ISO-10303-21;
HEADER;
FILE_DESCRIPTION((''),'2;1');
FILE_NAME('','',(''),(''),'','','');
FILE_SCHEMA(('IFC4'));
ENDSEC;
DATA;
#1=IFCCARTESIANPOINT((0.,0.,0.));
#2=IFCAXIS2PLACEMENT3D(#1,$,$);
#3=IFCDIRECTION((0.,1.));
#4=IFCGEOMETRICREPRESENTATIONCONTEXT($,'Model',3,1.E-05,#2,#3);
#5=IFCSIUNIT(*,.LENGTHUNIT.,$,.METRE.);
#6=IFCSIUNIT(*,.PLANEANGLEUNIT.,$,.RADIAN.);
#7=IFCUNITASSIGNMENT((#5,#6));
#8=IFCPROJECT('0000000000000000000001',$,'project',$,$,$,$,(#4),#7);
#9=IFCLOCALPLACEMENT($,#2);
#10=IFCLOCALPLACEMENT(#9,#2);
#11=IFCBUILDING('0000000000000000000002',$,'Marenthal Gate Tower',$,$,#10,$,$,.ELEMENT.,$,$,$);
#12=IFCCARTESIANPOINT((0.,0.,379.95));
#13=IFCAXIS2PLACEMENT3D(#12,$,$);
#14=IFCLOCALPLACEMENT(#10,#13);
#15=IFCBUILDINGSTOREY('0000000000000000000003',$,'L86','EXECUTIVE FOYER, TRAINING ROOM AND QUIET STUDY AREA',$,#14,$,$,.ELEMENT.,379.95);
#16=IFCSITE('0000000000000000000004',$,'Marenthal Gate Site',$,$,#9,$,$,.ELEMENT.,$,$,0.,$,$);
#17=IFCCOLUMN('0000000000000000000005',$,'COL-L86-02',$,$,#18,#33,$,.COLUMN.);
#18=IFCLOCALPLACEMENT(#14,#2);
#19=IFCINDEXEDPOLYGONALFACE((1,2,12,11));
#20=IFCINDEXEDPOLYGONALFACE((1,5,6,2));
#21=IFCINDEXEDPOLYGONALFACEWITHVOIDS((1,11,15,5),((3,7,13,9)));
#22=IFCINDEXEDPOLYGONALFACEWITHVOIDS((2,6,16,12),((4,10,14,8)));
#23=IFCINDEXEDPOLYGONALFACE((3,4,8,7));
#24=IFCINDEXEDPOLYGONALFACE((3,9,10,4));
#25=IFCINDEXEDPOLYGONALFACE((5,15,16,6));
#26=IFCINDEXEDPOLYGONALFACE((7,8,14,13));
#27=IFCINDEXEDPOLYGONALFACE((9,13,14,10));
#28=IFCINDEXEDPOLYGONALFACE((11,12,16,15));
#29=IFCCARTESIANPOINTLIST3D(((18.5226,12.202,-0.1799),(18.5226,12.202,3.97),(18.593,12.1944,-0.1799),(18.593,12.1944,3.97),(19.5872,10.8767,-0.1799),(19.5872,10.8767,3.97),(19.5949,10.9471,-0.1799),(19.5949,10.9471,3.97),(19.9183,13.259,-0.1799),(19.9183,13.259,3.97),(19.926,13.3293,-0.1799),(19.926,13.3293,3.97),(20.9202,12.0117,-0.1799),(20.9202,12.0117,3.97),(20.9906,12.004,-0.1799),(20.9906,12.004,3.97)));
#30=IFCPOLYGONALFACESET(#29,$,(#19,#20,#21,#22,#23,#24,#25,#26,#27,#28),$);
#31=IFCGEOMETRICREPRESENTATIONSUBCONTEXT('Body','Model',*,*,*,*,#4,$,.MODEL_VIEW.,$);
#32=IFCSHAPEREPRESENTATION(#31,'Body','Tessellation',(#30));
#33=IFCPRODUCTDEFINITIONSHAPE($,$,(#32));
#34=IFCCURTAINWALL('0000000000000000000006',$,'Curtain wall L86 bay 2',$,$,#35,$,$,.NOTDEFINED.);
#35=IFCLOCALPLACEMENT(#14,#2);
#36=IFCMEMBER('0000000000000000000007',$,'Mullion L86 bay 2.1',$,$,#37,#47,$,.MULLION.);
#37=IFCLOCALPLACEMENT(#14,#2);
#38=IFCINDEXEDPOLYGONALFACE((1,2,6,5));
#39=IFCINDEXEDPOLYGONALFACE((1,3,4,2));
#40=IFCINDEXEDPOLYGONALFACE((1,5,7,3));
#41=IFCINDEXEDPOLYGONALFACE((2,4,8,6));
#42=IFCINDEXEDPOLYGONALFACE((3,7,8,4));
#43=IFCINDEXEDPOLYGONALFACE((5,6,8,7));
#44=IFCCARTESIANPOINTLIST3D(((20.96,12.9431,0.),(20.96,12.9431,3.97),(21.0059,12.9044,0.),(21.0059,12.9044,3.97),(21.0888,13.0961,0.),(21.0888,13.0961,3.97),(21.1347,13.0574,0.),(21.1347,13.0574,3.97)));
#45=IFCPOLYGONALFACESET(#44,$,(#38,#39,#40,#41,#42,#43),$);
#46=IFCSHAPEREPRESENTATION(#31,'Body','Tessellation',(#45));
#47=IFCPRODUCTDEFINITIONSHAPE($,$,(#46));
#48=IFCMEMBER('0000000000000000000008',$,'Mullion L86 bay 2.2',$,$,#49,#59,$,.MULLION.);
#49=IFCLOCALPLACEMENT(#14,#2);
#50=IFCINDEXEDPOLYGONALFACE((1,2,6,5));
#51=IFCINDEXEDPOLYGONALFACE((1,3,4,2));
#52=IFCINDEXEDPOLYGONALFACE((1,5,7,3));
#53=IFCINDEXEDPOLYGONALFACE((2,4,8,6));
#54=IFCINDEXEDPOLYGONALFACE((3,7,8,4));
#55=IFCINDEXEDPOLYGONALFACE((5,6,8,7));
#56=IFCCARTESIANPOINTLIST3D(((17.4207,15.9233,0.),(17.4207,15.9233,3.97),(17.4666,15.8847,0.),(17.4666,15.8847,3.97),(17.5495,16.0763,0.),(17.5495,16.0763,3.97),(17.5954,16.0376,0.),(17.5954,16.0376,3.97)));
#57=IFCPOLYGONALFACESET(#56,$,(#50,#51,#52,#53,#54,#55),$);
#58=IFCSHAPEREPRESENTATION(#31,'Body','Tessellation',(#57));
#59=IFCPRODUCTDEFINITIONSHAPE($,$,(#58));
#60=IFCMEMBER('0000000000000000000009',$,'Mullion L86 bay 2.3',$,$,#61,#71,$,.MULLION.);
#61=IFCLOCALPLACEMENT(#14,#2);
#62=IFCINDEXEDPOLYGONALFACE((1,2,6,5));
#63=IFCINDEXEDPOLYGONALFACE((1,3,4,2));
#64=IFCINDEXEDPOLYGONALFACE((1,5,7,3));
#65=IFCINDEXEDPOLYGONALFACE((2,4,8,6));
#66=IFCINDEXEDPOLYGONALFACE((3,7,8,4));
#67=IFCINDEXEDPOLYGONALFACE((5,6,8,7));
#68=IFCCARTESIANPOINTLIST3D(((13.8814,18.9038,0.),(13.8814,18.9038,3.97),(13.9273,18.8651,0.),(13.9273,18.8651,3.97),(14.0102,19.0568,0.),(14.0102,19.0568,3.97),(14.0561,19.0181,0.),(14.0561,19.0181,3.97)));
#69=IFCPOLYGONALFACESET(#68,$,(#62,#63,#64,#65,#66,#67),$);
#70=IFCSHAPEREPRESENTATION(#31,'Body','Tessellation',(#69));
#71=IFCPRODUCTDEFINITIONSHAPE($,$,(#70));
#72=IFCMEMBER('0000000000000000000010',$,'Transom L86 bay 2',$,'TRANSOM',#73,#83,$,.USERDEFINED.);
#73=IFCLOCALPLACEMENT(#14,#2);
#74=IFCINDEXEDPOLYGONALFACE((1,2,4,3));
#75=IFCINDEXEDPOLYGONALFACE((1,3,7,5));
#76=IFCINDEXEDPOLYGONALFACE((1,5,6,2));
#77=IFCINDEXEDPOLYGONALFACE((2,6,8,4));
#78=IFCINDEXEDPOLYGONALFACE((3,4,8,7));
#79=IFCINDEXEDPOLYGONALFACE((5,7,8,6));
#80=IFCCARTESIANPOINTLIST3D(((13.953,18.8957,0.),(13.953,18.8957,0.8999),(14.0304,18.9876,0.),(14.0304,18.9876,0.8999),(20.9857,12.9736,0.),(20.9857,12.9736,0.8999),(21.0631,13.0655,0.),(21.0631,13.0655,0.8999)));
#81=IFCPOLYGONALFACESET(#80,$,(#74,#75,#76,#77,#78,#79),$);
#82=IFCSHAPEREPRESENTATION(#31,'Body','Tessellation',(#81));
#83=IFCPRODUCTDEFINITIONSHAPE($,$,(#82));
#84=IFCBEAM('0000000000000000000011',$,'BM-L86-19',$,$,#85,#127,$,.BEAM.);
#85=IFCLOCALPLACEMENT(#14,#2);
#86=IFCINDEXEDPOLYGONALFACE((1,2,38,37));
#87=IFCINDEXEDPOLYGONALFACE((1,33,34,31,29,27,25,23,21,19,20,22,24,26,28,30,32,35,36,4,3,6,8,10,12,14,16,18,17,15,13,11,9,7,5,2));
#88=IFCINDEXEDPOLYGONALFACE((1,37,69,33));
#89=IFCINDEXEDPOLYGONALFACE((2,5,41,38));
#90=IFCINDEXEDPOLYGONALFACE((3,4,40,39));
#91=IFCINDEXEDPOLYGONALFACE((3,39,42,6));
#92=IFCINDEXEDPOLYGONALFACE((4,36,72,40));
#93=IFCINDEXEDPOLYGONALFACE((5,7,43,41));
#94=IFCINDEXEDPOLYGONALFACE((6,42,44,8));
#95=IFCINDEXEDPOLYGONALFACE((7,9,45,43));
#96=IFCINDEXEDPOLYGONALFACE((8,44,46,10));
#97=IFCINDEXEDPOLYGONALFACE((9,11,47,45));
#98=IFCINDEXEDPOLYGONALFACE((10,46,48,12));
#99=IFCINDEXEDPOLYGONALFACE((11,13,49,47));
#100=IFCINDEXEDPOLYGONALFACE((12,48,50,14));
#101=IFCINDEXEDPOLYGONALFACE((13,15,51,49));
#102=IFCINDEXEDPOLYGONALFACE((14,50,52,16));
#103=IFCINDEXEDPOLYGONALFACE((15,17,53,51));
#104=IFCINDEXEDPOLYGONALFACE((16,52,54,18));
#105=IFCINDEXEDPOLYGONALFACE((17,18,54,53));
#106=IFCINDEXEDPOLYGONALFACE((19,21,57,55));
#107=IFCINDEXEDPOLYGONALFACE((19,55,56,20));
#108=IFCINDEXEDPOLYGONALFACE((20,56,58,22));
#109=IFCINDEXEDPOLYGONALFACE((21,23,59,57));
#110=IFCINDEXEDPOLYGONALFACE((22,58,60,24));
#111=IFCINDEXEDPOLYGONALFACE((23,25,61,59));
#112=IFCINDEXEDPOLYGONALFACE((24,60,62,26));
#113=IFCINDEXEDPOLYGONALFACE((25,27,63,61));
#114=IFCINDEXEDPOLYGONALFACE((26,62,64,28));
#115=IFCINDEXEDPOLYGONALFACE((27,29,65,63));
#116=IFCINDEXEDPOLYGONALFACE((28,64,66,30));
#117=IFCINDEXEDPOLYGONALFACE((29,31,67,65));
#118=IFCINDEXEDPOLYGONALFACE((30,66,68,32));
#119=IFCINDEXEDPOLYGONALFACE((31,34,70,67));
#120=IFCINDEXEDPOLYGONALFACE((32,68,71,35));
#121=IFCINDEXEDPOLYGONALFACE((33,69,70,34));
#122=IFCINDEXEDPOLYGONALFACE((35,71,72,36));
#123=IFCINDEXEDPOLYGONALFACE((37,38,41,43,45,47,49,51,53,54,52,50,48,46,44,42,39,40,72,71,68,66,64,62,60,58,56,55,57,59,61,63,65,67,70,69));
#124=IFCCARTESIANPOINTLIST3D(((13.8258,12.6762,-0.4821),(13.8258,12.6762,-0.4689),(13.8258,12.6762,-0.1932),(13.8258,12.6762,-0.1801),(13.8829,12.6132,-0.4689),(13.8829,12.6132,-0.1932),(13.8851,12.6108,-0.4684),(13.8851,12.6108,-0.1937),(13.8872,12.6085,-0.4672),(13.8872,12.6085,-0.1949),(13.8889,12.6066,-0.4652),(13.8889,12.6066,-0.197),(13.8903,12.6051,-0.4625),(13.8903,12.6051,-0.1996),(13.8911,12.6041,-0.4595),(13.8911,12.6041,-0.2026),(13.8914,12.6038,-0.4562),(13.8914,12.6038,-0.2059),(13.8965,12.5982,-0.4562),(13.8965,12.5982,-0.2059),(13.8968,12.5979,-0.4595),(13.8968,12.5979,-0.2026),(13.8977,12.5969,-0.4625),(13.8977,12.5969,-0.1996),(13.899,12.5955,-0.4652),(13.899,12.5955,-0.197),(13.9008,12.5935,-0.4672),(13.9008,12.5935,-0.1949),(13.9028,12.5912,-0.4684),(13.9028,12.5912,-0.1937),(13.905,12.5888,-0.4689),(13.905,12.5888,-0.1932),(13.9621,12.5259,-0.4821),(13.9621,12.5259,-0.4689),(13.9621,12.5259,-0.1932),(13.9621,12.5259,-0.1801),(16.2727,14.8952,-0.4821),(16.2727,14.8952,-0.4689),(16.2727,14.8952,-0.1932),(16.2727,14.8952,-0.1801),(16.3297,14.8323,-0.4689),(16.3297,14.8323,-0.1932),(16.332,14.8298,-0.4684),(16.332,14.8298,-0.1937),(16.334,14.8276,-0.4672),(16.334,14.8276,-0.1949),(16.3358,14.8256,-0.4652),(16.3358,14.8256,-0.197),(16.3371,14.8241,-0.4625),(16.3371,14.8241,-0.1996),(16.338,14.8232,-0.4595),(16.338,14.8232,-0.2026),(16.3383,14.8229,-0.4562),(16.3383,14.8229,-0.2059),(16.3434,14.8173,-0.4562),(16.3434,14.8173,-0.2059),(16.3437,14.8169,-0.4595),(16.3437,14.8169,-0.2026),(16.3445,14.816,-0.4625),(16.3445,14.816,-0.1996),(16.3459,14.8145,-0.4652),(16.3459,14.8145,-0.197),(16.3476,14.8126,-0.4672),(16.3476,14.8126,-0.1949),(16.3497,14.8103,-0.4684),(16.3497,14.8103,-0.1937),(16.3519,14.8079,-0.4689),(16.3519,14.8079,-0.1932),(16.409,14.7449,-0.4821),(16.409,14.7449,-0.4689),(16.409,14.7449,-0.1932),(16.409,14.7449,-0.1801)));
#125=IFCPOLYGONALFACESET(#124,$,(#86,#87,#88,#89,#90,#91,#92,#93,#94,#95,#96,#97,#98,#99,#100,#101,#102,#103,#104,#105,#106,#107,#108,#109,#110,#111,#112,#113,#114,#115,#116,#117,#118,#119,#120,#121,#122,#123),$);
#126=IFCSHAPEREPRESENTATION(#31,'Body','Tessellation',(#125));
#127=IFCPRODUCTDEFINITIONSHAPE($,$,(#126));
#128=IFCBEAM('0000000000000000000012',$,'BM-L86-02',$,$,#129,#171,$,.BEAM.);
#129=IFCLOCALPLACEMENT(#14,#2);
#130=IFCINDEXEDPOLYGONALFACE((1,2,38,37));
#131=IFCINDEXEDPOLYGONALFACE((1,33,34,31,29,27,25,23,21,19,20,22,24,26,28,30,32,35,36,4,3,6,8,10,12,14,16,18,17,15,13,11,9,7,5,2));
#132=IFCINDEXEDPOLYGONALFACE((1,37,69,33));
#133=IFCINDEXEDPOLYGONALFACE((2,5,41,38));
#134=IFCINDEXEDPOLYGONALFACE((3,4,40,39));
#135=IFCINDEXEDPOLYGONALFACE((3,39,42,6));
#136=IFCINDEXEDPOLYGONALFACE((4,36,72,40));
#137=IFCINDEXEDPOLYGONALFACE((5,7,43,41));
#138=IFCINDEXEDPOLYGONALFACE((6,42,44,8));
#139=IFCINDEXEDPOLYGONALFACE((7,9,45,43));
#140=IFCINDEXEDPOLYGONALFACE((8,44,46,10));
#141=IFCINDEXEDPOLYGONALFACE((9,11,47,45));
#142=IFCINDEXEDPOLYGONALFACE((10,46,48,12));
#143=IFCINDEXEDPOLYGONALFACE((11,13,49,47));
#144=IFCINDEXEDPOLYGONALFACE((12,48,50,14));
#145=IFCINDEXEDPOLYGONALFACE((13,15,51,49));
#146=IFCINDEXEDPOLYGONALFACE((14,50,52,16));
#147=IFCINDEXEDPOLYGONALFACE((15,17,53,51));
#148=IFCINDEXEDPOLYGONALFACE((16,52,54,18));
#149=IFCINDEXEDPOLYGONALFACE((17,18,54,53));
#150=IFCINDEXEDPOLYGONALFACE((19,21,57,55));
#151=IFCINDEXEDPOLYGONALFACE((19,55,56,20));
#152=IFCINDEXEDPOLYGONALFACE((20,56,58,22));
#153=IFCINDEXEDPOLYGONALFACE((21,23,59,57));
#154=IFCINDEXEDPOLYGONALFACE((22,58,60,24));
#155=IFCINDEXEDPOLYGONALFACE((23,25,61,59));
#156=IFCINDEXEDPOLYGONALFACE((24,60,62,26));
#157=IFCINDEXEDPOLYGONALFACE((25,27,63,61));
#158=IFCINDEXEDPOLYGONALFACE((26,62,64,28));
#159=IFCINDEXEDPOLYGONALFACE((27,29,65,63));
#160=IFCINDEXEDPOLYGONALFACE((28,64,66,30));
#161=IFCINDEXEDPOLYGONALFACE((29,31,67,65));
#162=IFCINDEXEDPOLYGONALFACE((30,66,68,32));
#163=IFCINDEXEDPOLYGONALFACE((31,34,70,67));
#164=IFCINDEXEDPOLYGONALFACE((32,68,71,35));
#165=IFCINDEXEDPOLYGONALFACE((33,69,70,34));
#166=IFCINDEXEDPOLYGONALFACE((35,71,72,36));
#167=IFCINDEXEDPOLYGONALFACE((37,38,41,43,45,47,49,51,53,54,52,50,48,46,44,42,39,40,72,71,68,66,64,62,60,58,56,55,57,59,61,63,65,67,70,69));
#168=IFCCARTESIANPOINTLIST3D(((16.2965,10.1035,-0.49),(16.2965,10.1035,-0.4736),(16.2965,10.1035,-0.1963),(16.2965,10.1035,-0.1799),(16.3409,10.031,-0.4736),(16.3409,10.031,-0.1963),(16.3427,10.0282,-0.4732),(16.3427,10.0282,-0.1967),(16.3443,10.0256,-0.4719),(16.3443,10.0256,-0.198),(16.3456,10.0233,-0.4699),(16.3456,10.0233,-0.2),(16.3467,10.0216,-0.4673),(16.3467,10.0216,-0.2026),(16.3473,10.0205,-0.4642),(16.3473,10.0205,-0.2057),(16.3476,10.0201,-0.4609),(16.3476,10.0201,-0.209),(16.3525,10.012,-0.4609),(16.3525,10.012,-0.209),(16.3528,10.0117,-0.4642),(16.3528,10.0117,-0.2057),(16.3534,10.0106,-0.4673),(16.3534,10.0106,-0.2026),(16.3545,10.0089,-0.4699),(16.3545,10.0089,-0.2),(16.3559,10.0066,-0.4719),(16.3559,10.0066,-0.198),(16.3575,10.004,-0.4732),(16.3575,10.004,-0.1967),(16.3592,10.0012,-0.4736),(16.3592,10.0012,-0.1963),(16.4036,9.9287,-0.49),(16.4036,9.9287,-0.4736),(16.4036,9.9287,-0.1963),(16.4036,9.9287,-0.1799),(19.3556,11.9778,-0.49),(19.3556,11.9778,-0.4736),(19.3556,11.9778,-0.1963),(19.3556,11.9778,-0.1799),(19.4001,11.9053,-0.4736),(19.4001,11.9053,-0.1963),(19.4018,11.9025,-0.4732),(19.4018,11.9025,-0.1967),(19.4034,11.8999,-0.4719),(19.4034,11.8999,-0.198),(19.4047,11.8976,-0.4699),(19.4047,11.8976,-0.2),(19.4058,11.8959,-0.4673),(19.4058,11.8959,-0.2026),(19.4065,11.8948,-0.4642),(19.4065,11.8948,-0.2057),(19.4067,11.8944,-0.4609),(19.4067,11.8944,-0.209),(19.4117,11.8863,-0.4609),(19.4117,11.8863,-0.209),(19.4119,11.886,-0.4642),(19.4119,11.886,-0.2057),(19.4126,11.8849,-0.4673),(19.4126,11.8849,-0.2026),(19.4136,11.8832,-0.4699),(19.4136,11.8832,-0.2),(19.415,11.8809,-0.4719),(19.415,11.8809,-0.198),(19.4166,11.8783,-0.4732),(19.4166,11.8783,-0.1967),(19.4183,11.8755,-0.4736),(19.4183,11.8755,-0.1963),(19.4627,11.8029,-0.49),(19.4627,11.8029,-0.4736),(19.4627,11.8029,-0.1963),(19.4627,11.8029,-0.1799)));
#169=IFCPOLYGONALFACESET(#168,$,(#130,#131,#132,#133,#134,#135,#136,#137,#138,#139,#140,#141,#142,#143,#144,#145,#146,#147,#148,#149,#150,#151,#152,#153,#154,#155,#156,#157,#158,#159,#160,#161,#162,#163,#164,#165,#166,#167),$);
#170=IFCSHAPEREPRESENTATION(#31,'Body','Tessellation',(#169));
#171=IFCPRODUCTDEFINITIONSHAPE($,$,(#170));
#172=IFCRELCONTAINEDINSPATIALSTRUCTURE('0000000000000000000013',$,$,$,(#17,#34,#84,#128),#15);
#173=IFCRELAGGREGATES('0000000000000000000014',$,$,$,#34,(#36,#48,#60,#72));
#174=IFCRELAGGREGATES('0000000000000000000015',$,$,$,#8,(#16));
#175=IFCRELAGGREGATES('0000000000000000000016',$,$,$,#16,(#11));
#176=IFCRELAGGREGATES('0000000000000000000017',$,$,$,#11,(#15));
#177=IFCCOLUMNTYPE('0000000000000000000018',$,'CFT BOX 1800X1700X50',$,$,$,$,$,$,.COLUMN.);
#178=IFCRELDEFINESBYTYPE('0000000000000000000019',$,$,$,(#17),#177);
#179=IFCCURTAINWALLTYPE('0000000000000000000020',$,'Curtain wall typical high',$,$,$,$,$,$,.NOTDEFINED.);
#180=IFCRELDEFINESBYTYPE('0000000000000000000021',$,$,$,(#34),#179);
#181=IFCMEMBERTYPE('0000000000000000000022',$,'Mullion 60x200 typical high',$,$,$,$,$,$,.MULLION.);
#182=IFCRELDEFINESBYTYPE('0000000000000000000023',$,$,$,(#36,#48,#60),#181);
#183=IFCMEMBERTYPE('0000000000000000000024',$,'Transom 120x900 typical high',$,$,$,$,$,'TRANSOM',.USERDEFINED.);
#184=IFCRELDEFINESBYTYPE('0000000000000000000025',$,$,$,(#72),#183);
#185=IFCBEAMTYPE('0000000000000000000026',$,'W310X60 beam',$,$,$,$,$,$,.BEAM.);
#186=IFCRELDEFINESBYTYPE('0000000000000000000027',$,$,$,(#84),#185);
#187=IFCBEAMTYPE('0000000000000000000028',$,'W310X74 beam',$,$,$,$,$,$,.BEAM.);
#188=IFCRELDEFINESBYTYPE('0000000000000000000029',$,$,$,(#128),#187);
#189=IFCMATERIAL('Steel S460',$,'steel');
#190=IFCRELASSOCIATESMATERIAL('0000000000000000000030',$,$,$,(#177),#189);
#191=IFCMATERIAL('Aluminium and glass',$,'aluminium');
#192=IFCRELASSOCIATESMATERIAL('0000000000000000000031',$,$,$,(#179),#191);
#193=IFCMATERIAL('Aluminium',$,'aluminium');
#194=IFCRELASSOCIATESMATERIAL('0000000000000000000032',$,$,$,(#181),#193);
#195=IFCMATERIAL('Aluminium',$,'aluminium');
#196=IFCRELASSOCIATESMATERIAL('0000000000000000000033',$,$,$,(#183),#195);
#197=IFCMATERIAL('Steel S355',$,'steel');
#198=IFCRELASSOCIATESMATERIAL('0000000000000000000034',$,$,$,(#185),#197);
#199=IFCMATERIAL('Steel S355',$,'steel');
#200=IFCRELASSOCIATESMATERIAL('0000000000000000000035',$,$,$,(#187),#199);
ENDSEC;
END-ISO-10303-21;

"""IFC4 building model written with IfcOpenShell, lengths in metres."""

from ifc_helpers import new_model, si_unit, direction, frame, origin, origin_2d, place, context, subcontext, project, spatial, rectangle, hollow_rectangle, i_section, extrude, material, material_profile, profile_set, type_object, element, aggregate, save


model = new_model("IFC4")

# Units and contexts
model_context = context("Model", 3, precision=1e-05, world=origin(), true_north=direction((0.0, 1.0)))
body_context = subcontext(model_context, "Body", "Model", "MODEL_VIEW")
ifc_project = project(units=[si_unit("LENGTHUNIT", "METRE"), si_unit("PLANEANGLEUNIT", "RADIAN")], contexts=[model_context])

# Site, building, storey
site_placement = place(None, origin())
site = spatial("IfcSite", under=ifc_project, at=site_placement, Name="Marenthal Gate Site", CompositionType="ELEMENT", RefElevation=0.0)
building_placement = place(site_placement, origin())
building = spatial("IfcBuilding", under=site, at=building_placement, Name="Marenthal Gate Tower", CompositionType="ELEMENT")
storey_placement = place(building_placement, frame((0.0, 0.0, 379.95)))
storey = spatial("IfcBuildingStorey", under=building, at=storey_placement, Name="L86", Description="EXECUTIVE FOYER, TRAINING ROOM AND QUIET STUDY AREA", CompositionType="ELEMENT", Elevation=379.95)

# Column
ifc_material_1 = material(Name="Steel S460", Category="steel")
ifc_material_profile_1 = material_profile(ifc_material_1, hollow_rectangle(XDim=1.7, YDim=1.8, WallThickness=0.05, at=origin_2d()), Name="CFT BOX 1800X1700X50")
ifc_material_2 = material(Name="Concrete 70 MPa", Category="concrete")
ifc_material_profile_2 = material_profile(ifc_material_2, rectangle(XDim=1.6001, YDim=1.7, at=origin_2d()), Name="CFT BOX 1800X1700X50 INFILL")
ifc_profile_set_1 = profile_set([ifc_material_profile_1, ifc_material_profile_2], Name="Steel S460 shell, Concrete 70 MPa infill")
column_type = type_object("IfcColumnType", Name="CFT BOX 1800X1700X50", PredefinedType="COLUMN", material=ifc_profile_set_1)
column_placement = place(storey_placement, frame((19.7566, 12.103, -0.1799), z_axis=(0.0, 0.0, 1.0), x_axis=(0.626249, -0.779623, 0.0)))
element("IfcColumn", 1, at=column_placement, inside=storey, type_object=column_type, Name="COL-L86-02", PredefinedType="COLUMN", context=body_context, shape_type="SweptSolid", body=[
    extrude(hollow_rectangle(XDim=1.7, YDim=1.8, WallThickness=0.05, at=origin_2d()), origin(), (0.0, 0.0, 1.0), 4.1499),
])

# Curtain wall, members
ifc_material_3 = material(Name="Aluminium and glass", Category="aluminium")
curtain_wall_type = type_object("IfcCurtainWallType", Name="Curtain wall typical high", PredefinedType="NOTDEFINED", material=ifc_material_3)
curtain_wall_placement = place(storey_placement, origin())
curtain_wall = element("IfcCurtainWall", 2, at=curtain_wall_placement, inside=storey, type_object=curtain_wall_type, Name="Curtain wall L86 bay 2", PredefinedType="NOTDEFINED")
ifc_material_4 = material(Name="Aluminium", Category="aluminium")
ifc_material_profile_3 = material_profile(ifc_material_4, rectangle(XDim=0.2, YDim=0.0601, at=origin_2d()), Name="60x200 aluminium mullion")
ifc_profile_set_2 = profile_set([ifc_material_profile_3], Name="Aluminium")
member_type_1 = type_object("IfcMemberType", Name="Mullion 60x200 typical high", PredefinedType="MULLION", material=ifc_profile_set_2)
member_1_placement = place(storey_placement, frame((21.0474, 13.0002, 0.0), z_axis=(0.0, 0.0, 1.0), x_axis=(-0.644135, -0.764912, 0.0)))
member_1 = element("IfcMember", 3, at=member_1_placement, type_object=member_type_1, Name="Mullion L86 bay 2.1", PredefinedType="MULLION", context=body_context, shape_type="SweptSolid", body=[
    extrude(rectangle(XDim=0.2, YDim=0.0601, at=origin_2d()), origin(), (0.0, 0.0, 1.0), 3.97),
])
member_2_placement = place(storey_placement, frame((17.5081, 15.9805, 0.0), z_axis=(0.0, 0.0, 1.0), x_axis=(-0.644135, -0.764912, 0.0)))
member_2 = element("IfcMember", 4, at=member_2_placement, type_object=member_type_1, Name="Mullion L86 bay 2.2", PredefinedType="MULLION", context=body_context, shape_type="SweptSolid", body=[
    extrude(rectangle(XDim=0.2, YDim=0.0601, at=origin_2d()), origin(), (0.0, 0.0, 1.0), 3.97),
])
member_3_placement = place(storey_placement, frame((13.9688, 18.9609, 0.0), z_axis=(0.0, 0.0, 1.0), x_axis=(-0.644135, -0.764912, 0.0)))
member_3 = element("IfcMember", 5, at=member_3_placement, type_object=member_type_1, Name="Mullion L86 bay 2.3", PredefinedType="MULLION", context=body_context, shape_type="SweptSolid", body=[
    extrude(rectangle(XDim=0.2, YDim=0.0601, at=origin_2d()), origin(), (0.0, 0.0, 1.0), 3.97),
])
ifc_material_5 = material(Name="Aluminium", Category="aluminium")
ifc_material_profile_4 = material_profile(ifc_material_5, rectangle(XDim=0.1201, YDim=0.8999, at=origin_2d()), Name="120x900 aluminium transom")
ifc_profile_set_3 = profile_set([ifc_material_profile_4], Name="Aluminium")
member_type_2 = type_object("IfcMemberType", Name="Transom 120x900 typical high", ElementType="TRANSOM", PredefinedType="USERDEFINED", material=ifc_profile_set_3)
member_4_placement = place(storey_placement, frame((21.0244, 13.0195, 0.45), z_axis=(-0.76492, 0.644125, 0.0), x_axis=(-0.644125, -0.76492, 0.0)))
member_4 = element("IfcMember", 6, at=member_4_placement, type_object=member_type_2, Name="Transom L86 bay 2", ObjectType="TRANSOM", PredefinedType="USERDEFINED", context=body_context, shape_type="SweptSolid", body=[
    extrude(rectangle(XDim=0.1201, YDim=0.8999, at=origin_2d()), origin(), (0.0, 0.0, 1.0), 9.1941),
])

# Beams
ifc_material_6 = material(Name="Steel S355", Category="steel")
ifc_material_profile_5 = material_profile(ifc_material_6, i_section(OverallWidth=0.2029, OverallDepth=0.302, WebThickness=0.0076, FlangeThickness=0.0132, FilletRadius=0.0127, at=origin_2d()), Name="W310X60")
ifc_profile_set_4 = profile_set([ifc_material_profile_5], Name="Steel S355")
beam_type_1 = type_object("IfcBeamType", Name="W310X60 beam", PredefinedType="BEAM", material=ifc_profile_set_4)
beam_1_placement = place(storey_placement, frame((16.3408, 14.8201, -0.3311), z_axis=(-0.740746, -0.671786, 0.0), x_axis=(0.671786, -0.740746, 0.0)))
element("IfcBeam", 7, at=beam_1_placement, inside=storey, type_object=beam_type_1, Name="BM-L86-19", PredefinedType="BEAM", context=body_context, shape_type="SweptSolid", body=[
    extrude(i_section(OverallWidth=0.2029, OverallDepth=0.302, WebThickness=0.0076, FlangeThickness=0.0132, FilletRadius=0.0127, at=origin_2d()), origin(), (0.0, 0.0, 1.0), 3.3032),
])
ifc_material_7 = material(Name="Steel S355", Category="steel")
ifc_material_profile_6 = material_profile(ifc_material_7, i_section(OverallWidth=0.2051, OverallDepth=0.3101, WebThickness=0.0095, FlangeThickness=0.0164, FilletRadius=0.0127, at=origin_2d()), Name="W310X74")
ifc_profile_set_5 = profile_set([ifc_material_profile_6], Name="Steel S355")
beam_type_2 = type_object("IfcBeamType", Name="W310X74 beam", PredefinedType="BEAM", material=ifc_profile_set_5)
beam_2_placement = place(storey_placement, frame((19.4092, 11.8904, -0.335), z_axis=(-0.852682, -0.52243, 0.0), x_axis=(0.52243, -0.852682, 0.0)))
element("IfcBeam", 8, at=beam_2_placement, inside=storey, type_object=beam_type_2, Name="BM-L86-02", PredefinedType="BEAM", context=body_context, shape_type="SweptSolid", body=[
    extrude(i_section(OverallWidth=0.2051, OverallDepth=0.3101, WebThickness=0.0095, FlangeThickness=0.0164, FilletRadius=0.0127, at=origin_2d()), origin(), (0.0, 0.0, 1.0), 3.5876),
])

aggregate(curtain_wall, [member_1, member_2, member_3, member_4])

save(model, "model.ifc")
